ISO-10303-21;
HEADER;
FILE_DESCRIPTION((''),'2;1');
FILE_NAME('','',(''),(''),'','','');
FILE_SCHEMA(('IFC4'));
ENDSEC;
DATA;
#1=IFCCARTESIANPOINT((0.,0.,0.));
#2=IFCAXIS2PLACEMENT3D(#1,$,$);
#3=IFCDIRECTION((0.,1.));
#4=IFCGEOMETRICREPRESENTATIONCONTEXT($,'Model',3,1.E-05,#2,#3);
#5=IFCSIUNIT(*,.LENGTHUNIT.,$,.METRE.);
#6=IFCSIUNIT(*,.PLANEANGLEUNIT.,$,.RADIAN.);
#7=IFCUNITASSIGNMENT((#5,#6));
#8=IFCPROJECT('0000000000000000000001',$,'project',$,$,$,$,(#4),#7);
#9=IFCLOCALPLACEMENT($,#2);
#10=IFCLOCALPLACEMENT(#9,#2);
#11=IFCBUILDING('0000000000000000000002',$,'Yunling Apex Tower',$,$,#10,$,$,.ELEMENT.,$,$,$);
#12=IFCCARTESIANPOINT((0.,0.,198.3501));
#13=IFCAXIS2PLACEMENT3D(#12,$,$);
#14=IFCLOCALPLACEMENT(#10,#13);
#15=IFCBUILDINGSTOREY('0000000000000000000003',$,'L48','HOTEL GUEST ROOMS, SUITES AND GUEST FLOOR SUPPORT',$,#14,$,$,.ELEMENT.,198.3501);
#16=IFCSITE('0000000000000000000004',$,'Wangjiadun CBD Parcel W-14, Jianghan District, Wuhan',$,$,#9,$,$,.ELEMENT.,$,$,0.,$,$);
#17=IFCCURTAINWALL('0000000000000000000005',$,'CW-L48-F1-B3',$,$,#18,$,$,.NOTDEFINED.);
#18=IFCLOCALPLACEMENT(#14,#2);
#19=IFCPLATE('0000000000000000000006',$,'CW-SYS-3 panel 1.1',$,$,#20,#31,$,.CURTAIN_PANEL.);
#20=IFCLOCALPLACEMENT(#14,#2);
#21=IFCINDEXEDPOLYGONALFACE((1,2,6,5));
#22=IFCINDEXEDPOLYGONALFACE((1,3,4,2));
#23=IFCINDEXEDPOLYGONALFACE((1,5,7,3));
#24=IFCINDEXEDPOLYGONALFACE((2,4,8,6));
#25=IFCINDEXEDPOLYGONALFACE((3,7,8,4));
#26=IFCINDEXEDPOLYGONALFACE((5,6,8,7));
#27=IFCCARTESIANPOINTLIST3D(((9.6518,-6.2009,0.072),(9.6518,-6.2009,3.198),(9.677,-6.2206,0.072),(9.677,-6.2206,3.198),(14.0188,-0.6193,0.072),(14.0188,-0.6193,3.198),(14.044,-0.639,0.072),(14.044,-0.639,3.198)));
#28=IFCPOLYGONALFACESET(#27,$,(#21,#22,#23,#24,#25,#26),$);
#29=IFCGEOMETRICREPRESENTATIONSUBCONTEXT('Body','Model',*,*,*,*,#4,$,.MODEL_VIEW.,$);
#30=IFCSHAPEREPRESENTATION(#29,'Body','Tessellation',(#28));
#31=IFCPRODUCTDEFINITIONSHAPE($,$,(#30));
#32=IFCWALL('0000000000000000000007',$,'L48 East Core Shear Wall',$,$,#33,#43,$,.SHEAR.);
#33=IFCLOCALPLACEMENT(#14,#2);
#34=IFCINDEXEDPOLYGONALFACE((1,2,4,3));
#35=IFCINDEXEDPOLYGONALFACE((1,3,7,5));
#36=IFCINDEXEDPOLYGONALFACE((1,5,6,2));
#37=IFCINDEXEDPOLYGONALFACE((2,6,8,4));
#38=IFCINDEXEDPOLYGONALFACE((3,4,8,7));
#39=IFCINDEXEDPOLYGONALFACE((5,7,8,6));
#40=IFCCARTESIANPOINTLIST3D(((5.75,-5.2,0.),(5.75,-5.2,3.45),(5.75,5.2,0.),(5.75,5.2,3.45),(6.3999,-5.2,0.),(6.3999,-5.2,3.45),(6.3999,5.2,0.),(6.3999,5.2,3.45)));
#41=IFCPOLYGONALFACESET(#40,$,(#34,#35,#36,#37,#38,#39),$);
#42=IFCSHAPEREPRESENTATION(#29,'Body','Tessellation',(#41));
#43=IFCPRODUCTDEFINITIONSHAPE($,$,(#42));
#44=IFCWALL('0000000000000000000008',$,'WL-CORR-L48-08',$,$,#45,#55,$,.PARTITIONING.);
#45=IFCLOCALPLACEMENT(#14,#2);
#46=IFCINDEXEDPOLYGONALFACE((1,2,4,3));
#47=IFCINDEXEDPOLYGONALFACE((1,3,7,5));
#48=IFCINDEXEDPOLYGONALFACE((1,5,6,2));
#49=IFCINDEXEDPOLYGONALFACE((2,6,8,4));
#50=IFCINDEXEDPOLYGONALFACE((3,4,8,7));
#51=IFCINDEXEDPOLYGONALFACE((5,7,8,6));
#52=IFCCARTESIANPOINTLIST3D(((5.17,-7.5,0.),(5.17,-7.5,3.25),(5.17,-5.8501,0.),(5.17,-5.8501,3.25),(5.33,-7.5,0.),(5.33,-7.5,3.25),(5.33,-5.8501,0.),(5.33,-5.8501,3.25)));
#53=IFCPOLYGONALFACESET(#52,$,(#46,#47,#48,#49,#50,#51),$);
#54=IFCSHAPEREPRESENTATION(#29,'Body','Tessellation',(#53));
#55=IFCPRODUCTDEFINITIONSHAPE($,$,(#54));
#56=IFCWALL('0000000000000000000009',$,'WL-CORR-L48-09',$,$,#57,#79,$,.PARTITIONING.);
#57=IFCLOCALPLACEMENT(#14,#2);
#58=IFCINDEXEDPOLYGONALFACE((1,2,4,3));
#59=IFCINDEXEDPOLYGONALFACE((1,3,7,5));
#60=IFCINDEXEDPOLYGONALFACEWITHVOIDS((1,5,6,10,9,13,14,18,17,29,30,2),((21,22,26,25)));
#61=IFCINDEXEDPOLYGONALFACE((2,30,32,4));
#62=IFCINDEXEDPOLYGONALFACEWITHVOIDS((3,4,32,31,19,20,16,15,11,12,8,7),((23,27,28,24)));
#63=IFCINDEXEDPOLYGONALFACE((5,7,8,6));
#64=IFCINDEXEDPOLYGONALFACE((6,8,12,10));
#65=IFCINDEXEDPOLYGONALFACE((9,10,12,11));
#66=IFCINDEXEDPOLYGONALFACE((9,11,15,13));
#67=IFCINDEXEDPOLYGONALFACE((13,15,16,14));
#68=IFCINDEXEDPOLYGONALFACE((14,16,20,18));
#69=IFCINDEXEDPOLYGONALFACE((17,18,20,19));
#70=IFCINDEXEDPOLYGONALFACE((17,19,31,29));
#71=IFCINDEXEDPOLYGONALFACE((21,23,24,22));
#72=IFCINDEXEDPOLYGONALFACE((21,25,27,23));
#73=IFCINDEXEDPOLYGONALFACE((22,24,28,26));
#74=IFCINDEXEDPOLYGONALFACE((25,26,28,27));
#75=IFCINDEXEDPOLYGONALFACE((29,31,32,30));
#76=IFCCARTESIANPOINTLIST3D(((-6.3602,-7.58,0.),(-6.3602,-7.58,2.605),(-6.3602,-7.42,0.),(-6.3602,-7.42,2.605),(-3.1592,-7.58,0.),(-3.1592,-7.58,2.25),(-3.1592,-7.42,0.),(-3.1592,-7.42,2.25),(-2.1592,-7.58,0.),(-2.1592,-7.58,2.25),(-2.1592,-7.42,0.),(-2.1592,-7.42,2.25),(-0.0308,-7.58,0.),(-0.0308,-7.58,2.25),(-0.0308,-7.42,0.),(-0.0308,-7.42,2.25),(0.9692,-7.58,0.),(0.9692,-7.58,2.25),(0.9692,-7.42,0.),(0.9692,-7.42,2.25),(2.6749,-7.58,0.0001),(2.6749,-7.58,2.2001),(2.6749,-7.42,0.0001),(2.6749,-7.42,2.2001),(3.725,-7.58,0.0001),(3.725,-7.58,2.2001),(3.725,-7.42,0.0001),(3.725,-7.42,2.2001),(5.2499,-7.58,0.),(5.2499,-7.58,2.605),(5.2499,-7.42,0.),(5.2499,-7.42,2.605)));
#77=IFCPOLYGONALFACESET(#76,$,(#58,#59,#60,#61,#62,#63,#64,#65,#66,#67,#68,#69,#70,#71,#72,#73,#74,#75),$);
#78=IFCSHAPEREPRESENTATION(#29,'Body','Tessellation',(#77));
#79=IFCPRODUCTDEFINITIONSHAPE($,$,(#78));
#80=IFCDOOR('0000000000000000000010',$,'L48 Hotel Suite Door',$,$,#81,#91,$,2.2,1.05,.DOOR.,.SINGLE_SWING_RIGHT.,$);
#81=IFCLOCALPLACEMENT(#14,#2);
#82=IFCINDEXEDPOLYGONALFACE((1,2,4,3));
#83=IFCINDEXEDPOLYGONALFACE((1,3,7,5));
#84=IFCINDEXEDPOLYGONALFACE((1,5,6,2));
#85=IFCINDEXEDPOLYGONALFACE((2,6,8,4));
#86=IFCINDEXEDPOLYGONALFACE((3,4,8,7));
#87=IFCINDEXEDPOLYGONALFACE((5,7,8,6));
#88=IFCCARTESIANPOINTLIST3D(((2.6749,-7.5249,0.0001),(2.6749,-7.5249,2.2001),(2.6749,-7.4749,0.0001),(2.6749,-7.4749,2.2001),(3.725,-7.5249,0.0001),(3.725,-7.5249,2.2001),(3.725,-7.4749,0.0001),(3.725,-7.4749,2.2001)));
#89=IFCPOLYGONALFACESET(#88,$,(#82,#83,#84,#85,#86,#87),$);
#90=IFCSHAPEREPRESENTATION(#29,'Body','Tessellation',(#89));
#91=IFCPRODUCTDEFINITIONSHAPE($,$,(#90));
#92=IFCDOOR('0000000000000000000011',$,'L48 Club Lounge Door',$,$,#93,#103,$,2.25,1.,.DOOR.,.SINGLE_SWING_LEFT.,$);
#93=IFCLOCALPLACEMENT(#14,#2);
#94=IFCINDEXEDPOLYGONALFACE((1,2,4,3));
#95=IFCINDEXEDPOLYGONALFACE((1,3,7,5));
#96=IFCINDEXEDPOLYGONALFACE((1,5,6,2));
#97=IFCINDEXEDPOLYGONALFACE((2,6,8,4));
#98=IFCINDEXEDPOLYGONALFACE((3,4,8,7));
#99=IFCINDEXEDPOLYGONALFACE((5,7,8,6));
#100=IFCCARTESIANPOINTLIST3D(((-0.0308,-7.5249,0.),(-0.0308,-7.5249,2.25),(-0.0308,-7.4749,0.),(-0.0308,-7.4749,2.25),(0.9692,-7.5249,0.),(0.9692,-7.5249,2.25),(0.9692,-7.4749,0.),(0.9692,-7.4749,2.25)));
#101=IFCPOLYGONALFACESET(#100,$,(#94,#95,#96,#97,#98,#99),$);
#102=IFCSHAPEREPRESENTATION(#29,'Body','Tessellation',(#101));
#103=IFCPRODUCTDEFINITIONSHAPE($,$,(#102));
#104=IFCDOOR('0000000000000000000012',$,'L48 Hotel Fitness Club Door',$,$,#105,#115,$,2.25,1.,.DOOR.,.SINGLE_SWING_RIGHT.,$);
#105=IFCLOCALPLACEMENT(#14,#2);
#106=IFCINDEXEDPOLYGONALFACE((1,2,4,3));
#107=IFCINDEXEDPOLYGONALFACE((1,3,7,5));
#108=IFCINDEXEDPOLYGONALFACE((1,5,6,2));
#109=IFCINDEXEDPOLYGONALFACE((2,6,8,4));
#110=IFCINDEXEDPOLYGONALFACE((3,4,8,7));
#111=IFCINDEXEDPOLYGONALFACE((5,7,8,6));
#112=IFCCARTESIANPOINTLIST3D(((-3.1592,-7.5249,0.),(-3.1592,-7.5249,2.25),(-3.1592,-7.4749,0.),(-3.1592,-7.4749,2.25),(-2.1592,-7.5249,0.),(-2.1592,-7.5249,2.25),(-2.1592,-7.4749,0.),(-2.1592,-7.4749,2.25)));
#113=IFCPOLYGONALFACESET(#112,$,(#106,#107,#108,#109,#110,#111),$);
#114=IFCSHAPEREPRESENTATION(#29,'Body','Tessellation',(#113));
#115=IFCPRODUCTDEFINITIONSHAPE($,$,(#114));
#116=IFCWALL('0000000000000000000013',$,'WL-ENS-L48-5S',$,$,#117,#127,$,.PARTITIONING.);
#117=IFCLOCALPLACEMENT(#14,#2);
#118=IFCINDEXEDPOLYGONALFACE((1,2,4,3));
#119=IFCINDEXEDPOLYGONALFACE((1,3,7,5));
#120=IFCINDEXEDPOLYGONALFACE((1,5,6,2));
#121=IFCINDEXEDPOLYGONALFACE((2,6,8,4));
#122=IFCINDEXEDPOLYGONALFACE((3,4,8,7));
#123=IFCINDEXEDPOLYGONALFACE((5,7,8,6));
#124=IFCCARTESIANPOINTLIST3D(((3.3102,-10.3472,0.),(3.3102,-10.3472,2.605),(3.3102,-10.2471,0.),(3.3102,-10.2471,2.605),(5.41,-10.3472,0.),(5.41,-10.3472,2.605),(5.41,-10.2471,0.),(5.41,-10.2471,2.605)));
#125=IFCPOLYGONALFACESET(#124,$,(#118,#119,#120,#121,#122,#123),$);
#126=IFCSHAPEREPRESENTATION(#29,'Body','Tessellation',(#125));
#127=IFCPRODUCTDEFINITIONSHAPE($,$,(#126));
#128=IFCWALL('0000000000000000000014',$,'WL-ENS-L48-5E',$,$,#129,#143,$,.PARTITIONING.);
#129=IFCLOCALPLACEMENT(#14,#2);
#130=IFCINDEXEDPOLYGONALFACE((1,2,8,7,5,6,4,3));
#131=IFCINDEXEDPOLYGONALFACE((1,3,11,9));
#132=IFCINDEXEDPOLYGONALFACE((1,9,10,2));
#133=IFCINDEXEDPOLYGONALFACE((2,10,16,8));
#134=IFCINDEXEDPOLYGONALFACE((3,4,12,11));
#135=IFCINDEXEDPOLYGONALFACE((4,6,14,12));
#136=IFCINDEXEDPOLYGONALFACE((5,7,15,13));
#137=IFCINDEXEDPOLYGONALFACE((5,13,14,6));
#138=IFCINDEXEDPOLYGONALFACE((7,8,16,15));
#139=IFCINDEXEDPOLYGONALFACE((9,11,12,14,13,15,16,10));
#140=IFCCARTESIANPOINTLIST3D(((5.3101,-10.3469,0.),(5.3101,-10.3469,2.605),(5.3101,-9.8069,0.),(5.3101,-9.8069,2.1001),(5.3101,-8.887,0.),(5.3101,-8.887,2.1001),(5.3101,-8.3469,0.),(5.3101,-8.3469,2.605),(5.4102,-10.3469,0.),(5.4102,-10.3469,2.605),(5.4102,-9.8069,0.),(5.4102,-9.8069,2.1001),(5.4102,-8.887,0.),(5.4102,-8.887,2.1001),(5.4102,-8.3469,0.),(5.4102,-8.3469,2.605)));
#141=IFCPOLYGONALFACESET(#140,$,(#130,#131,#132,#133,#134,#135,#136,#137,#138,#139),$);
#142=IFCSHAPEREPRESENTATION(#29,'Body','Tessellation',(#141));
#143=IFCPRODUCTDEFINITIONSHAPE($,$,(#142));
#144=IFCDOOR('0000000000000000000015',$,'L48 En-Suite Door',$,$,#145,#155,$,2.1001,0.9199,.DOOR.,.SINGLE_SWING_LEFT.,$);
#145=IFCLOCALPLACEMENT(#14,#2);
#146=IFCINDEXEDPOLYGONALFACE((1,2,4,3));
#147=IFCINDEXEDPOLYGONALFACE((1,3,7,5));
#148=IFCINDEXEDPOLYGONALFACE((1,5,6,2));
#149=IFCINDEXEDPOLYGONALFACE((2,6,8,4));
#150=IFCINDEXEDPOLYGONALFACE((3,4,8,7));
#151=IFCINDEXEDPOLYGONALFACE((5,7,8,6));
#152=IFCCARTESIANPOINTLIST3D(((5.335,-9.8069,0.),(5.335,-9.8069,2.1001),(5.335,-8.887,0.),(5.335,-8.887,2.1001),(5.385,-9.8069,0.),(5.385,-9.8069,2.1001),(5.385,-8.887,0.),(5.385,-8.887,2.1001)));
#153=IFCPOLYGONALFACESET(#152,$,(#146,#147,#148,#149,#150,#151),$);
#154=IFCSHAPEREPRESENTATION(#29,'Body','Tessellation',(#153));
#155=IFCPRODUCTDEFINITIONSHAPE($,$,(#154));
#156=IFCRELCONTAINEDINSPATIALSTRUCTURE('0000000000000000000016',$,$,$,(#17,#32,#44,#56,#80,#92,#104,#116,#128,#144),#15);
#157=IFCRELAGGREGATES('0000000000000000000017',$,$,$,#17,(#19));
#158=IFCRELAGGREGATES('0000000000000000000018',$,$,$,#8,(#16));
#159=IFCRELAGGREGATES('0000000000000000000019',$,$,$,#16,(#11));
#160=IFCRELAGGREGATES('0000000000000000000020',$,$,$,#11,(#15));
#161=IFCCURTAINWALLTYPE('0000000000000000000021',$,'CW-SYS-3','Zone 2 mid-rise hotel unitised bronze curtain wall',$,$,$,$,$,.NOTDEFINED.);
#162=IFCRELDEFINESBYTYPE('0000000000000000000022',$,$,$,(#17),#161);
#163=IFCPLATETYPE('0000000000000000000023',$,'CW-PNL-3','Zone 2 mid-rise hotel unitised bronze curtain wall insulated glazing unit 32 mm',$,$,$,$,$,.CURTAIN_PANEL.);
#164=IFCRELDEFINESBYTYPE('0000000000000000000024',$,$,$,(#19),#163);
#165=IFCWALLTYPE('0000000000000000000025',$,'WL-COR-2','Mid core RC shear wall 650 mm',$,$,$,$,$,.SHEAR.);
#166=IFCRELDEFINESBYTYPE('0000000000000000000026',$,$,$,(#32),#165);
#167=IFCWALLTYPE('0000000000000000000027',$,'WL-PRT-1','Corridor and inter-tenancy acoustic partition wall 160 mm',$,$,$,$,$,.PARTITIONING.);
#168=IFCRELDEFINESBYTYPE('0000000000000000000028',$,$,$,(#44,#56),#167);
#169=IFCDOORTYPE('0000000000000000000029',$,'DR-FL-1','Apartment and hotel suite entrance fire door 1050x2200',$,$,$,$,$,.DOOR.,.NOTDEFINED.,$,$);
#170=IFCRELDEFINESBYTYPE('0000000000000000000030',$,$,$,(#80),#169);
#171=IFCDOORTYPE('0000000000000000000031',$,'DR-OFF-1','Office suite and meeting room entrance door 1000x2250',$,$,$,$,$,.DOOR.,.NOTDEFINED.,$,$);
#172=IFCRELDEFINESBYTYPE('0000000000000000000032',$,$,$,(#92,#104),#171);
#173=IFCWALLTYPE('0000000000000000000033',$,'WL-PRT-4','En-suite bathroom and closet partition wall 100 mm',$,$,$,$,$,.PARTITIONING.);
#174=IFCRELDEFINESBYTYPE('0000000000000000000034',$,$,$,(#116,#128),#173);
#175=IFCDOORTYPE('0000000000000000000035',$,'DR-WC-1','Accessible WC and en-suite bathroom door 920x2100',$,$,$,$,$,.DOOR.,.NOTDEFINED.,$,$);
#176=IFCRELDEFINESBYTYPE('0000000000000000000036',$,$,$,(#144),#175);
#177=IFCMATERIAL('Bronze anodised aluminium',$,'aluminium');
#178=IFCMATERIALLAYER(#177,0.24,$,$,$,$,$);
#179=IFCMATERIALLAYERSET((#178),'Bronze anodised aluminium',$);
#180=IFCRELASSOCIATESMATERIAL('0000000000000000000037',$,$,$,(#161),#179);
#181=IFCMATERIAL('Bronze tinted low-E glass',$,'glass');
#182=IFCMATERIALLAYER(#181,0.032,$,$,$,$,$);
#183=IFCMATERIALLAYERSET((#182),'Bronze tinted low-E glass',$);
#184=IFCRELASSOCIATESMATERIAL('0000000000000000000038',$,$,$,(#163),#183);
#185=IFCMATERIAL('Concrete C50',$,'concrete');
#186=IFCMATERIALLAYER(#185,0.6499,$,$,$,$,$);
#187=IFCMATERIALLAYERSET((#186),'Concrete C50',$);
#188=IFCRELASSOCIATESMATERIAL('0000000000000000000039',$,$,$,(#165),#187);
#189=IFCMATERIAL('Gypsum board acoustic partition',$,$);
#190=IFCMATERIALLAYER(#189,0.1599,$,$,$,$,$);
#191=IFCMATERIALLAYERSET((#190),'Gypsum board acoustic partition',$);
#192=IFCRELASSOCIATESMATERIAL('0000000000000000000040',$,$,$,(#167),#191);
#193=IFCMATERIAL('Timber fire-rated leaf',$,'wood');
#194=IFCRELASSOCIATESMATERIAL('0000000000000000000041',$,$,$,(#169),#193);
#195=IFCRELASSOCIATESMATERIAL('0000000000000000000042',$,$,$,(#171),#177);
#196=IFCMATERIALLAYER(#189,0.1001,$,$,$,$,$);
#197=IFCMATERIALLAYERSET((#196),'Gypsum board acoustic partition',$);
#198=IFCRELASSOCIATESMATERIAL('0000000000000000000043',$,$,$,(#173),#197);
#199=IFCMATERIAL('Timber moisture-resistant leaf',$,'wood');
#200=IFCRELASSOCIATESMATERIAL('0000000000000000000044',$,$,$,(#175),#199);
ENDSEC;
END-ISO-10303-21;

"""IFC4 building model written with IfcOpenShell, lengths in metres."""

from ifc_helpers import new_model, si_unit, direction, frame, frame_2d, origin, origin_2d, place, context, subcontext, project, spatial, rectangle, extrude, source, transform, mapped, material, layer, layer_set, type_object, element, fill, aggregate, save


model = new_model("IFC4")

# Units and contexts
model_context = context("Model", 3, precision=1e-05, world=origin(), true_north=direction((0.0, 1.0)))
body_context = subcontext(model_context, "Body", "Model", "MODEL_VIEW")
ifc_project = project(units=[si_unit("LENGTHUNIT", "METRE"), si_unit("PLANEANGLEUNIT", "RADIAN")], contexts=[model_context])

# Site, building, storey
site_placement = place(None, origin())
site = spatial("IfcSite", under=ifc_project, at=site_placement, Name="Wangjiadun CBD Parcel W-14, Jianghan District, Wuhan", CompositionType="ELEMENT", RefElevation=0.0)
building_placement = place(site_placement, origin())
building = spatial("IfcBuilding", under=site, at=building_placement, Name="Yunling Apex Tower", CompositionType="ELEMENT")
storey_placement = place(building_placement, frame((0.0, 0.0, 198.3501)))
storey = spatial("IfcBuildingStorey", under=building, at=storey_placement, Name="L48", Description="HOTEL GUEST ROOMS, SUITES AND GUEST FLOOR SUPPORT", CompositionType="ELEMENT", Elevation=198.3501)

# Shared definitions
ifc_material_1 = material(Name="Concrete C50", Category="concrete")

# Shared definitions
ifc_material_2 = material(Name="Bronze anodised aluminium", Category="aluminium")
ifc_layer_1 = layer(ifc_material_2, 0.24)
ifc_layer_set_1 = layer_set([ifc_layer_1], Name="Bronze anodised aluminium")
curtain_wall_type = type_object("IfcCurtainWallType", Name="CW-SYS-3", Description="Zone 2 mid-rise hotel unitised bronze curtain wall", PredefinedType="NOTDEFINED", material=ifc_layer_set_1)

# Curtain wall
curtain_wall_1_placement = place(storey_placement, origin())
curtain_wall_1 = element("IfcCurtainWall", 1, at=curtain_wall_1_placement, inside=storey, type_object=curtain_wall_type, Name="CW-L48-F1-B3", PredefinedType="NOTDEFINED")

# Plate
ifc_material_3 = material(Name="Bronze tinted low-E glass", Category="glass")
ifc_layer_2 = layer(ifc_material_3, 0.032)
ifc_layer_set_2 = layer_set([ifc_layer_2], Name="Bronze tinted low-E glass")
plate_type = type_object("IfcPlateType", Name="CW-PNL-3", Description="Zone 2 mid-rise hotel unitised bronze curtain wall insulated glazing unit 32 mm", PredefinedType="CURTAIN_PANEL", material=ifc_layer_set_2)
shared_shape_1 = source(origin(), body_context, "Body", "SweptSolid", [
    extrude(rectangle(XDim=7.0869, YDim=0.032, at=origin_2d()), origin(), (0.0, 0.0, 1.0), 3.126),
])
plate_1_placement = place(storey_placement, frame((11.8479, -3.4199, 0.072), z_axis=(0.0, 0.0, 1.0), x_axis=(0.6162, 0.787589, 0.0)))
plate_1 = element("IfcPlate", 2, at=plate_1_placement, type_object=plate_type, Name="CW-SYS-3 panel 1.1", PredefinedType="CURTAIN_PANEL", context=body_context, shape_type="MappedRepresentation", body=[
    mapped(shared_shape_1, transform((0.0, 0.0, 0.0), scale=1.0)),
])
aggregate(curtain_wall_1, [plate_1])

# Walls
ifc_layer_3 = layer(ifc_material_1, 0.6499)
ifc_layer_set_3 = layer_set([ifc_layer_3], Name="Concrete C50")
wall_type_1 = type_object("IfcWallType", Name="WL-COR-2", Description="Mid core RC shear wall 650 mm", PredefinedType="SHEAR", material=ifc_layer_set_3)
wall_1_placement = place(storey_placement, frame((6.075, -5.2, 0.0), z_axis=(0.0, 0.0, 1.0), x_axis=(0.0, 1.0, 0.0)))
element("IfcWall", 3, at=wall_1_placement, inside=storey, type_object=wall_type_1, Name="L48 East Core Shear Wall", PredefinedType="SHEAR", context=body_context, shape_type="SweptSolid", body=[
    extrude(rectangle(XDim=10.3999, YDim=0.6499, at=frame_2d((5.2, 0.0))), origin(), (0.0, 0.0, 1.0), 3.45),
])
ifc_material_4 = material(Name="Gypsum board acoustic partition")
ifc_layer_4 = layer(ifc_material_4, 0.1599)
ifc_layer_set_4 = layer_set([ifc_layer_4], Name="Gypsum board acoustic partition")
wall_type_2 = type_object("IfcWallType", Name="WL-PRT-1", Description="Corridor and inter-tenancy acoustic partition wall 160 mm", PredefinedType="PARTITIONING", material=ifc_layer_set_4)
wall_2_placement = place(storey_placement, frame((5.25, -5.8501, 0.0), z_axis=(0.0, 0.0, 1.0), x_axis=(0.0, -1.0, 0.0)))
element("IfcWall", 4, at=wall_2_placement, inside=storey, type_object=wall_type_2, Name="WL-CORR-L48-08", PredefinedType="PARTITIONING", context=body_context, shape_type="SweptSolid", body=[
    extrude(rectangle(XDim=1.6499, YDim=0.1599, at=frame_2d((0.825, 0.0))), origin(), (0.0, 0.0, 1.0), 3.25),
])

# Wall, openings, doors
wall_3_placement = place(storey_placement, frame((5.25, -7.5, 0.0), z_axis=(0.0, 0.0, 1.0), x_axis=(-1.0, 0.0, 0.0)))
wall_3 = element("IfcWall", 5, at=wall_3_placement, inside=storey, type_object=wall_type_2, Name="WL-CORR-L48-09", PredefinedType="PARTITIONING", context=body_context, shape_type="SweptSolid", body=[
    extrude(rectangle(XDim=11.6101, YDim=0.1599, at=frame_2d((5.8052, 0.0))), origin(), (0.0, 0.0, 1.0), 2.605),
])
opening_1_placement = place(wall_3_placement, frame((1.5251, 0.0, 0.0)))
opening_1 = element("IfcOpeningElement", 6, at=opening_1_placement, cuts=wall_3, PredefinedType="OPENING", context=body_context, shape_type="SweptSolid", body=[
    extrude(rectangle(XDim=1.05, YDim=2.2, at=frame_2d((0.5249, 1.1001))), frame((0.0, 0.0898, 0.0), z_axis=(0.0, -1.0, 0.0), x_axis=(1.0, 0.0, 0.0)), (0.0, 0.0, 1.0), 0.1799),
])
opening_2_placement = place(wall_3_placement, frame((4.2808, 0.0, 0.0)))
opening_2 = element("IfcOpeningElement", 7, at=opening_2_placement, cuts=wall_3, PredefinedType="OPENING", context=body_context, shape_type="SweptSolid", body=[
    extrude(rectangle(XDim=1.0, YDim=2.25, at=frame_2d((0.5, 1.125))), frame((0.0, 0.0898, 0.0), z_axis=(0.0, -1.0, 0.0), x_axis=(1.0, 0.0, 0.0)), (0.0, 0.0, 1.0), 0.1799),
])
opening_3_placement = place(wall_3_placement, frame((7.4092, 0.0, 0.0)))
opening_3 = element("IfcOpeningElement", 8, at=opening_3_placement, cuts=wall_3, PredefinedType="OPENING", context=body_context, shape_type="SweptSolid", body=[
    extrude(rectangle(XDim=1.0, YDim=2.25, at=frame_2d((0.5, 1.125))), frame((0.0, 0.0898, 0.0), z_axis=(0.0, -1.0, 0.0), x_axis=(1.0, 0.0, 0.0)), (0.0, 0.0, 1.0), 0.1799),
])
ifc_material_5 = material(Name="Timber fire-rated leaf", Category="wood")
door_type_1 = type_object("IfcDoorType", Name="DR-FL-1", Description="Apartment and hotel suite entrance fire door 1050x2200", OperationType="NOTDEFINED", PredefinedType="DOOR", material=ifc_material_5)
door_1_placement = place(opening_1_placement, origin())
door_1 = element("IfcDoor", 9, at=door_1_placement, inside=storey, type_object=door_type_1, Name="L48 Hotel Suite Door", OperationType="SINGLE_SWING_RIGHT", OverallHeight=2.2, OverallWidth=1.05, PredefinedType="DOOR", context=body_context, shape_type="SweptSolid", body=[
    extrude(rectangle(XDim=1.05, YDim=2.2, at=frame_2d((0.5249, 1.1001))), frame((0.0, 0.0249, 0.0), z_axis=(0.0, -1.0, 0.0), x_axis=(1.0, 0.0, 0.0)), (0.0, 0.0, 1.0), 0.05),
])
fill(opening_1, door_1)
door_type_2 = type_object("IfcDoorType", Name="DR-OFF-1", Description="Office suite and meeting room entrance door 1000x2250", OperationType="NOTDEFINED", PredefinedType="DOOR", material=ifc_material_2)
door_2_placement = place(opening_2_placement, origin())
door_2 = element("IfcDoor", 10, at=door_2_placement, inside=storey, type_object=door_type_2, Name="L48 Club Lounge Door", OperationType="SINGLE_SWING_LEFT", OverallHeight=2.25, OverallWidth=1.0, PredefinedType="DOOR", context=body_context, shape_type="SweptSolid", body=[
    extrude(rectangle(XDim=1.0, YDim=2.25, at=frame_2d((0.5, 1.125))), frame((0.0, 0.0249, 0.0), z_axis=(0.0, -1.0, 0.0), x_axis=(1.0, 0.0, 0.0)), (0.0, 0.0, 1.0), 0.05),
])
fill(opening_2, door_2)
door_3_placement = place(opening_3_placement, origin())
door_3 = element("IfcDoor", 11, at=door_3_placement, inside=storey, type_object=door_type_2, Name="L48 Hotel Fitness Club Door", OperationType="SINGLE_SWING_RIGHT", OverallHeight=2.25, OverallWidth=1.0, PredefinedType="DOOR", context=body_context, shape_type="SweptSolid", body=[
    extrude(rectangle(XDim=1.0, YDim=2.25, at=frame_2d((0.5, 1.125))), frame((0.0, 0.0249, 0.0), z_axis=(0.0, -1.0, 0.0), x_axis=(1.0, 0.0, 0.0)), (0.0, 0.0, 1.0), 0.05),
])
fill(opening_3, door_3)

# Wall
ifc_layer_5 = layer(ifc_material_4, 0.1001)
ifc_layer_set_5 = layer_set([ifc_layer_5], Name="Gypsum board acoustic partition")
wall_type_3 = type_object("IfcWallType", Name="WL-PRT-4", Description="En-suite bathroom and closet partition wall 100 mm", PredefinedType="PARTITIONING", material=ifc_layer_set_5)
wall_4_placement = place(storey_placement, frame((5.4099, -10.2971, 0.0), z_axis=(0.0, 0.0, 1.0), x_axis=(-1.0, 0.0, 0.0)))
element("IfcWall", 12, at=wall_4_placement, inside=storey, type_object=wall_type_3, Name="WL-ENS-L48-5S", PredefinedType="PARTITIONING", context=body_context, shape_type="SweptSolid", body=[
    extrude(rectangle(XDim=2.0999, YDim=0.1001, at=frame_2d((1.0498, 0.0))), origin(), (0.0, 0.0, 1.0), 2.605),
])

# Wall, opening, door
wall_5_placement = place(storey_placement, frame((5.3601, -8.3469, 0.0), z_axis=(0.0, 0.0, 1.0), x_axis=(0.0, -1.0, 0.0)))
wall_5 = element("IfcWall", 13, at=wall_5_placement, inside=storey, type_object=wall_type_3, Name="WL-ENS-L48-5E", PredefinedType="PARTITIONING", context=body_context, shape_type="SweptSolid", body=[
    extrude(rectangle(XDim=2.0, YDim=0.1001, at=frame_2d((1.0, 0.0))), origin(), (0.0, 0.0, 1.0), 2.605),
])
opening_4_placement = place(wall_5_placement, frame((0.54, 0.0, 0.0)))
opening_4 = element("IfcOpeningElement", 14, at=opening_4_placement, cuts=wall_5, PredefinedType="OPENING", context=body_context, shape_type="SweptSolid", body=[
    extrude(rectangle(XDim=0.9199, YDim=2.1001, at=frame_2d((0.46, 1.05))), frame((0.0, 0.0601, 0.0), z_axis=(0.0, -1.0, 0.0), x_axis=(1.0, 0.0, 0.0)), (0.0, 0.0, 1.0), 0.1201),
])
ifc_material_6 = material(Name="Timber moisture-resistant leaf", Category="wood")
door_type_3 = type_object("IfcDoorType", Name="DR-WC-1", Description="Accessible WC and en-suite bathroom door 920x2100", OperationType="NOTDEFINED", PredefinedType="DOOR", material=ifc_material_6)
door_4_placement = place(opening_4_placement, origin())
door_4 = element("IfcDoor", 15, at=door_4_placement, inside=storey, type_object=door_type_3, Name="L48 En-Suite Door", OperationType="SINGLE_SWING_LEFT", OverallHeight=2.1001, OverallWidth=0.9199, PredefinedType="DOOR", context=body_context, shape_type="SweptSolid", body=[
    extrude(rectangle(XDim=0.9199, YDim=2.1001, at=frame_2d((0.46, 1.05))), frame((0.0, 0.0249, 0.0), z_axis=(0.0, -1.0, 0.0), x_axis=(1.0, 0.0, 0.0)), (0.0, 0.0, 1.0), 0.05),
])
fill(opening_4, door_4)

save(model, "model.ifc")
